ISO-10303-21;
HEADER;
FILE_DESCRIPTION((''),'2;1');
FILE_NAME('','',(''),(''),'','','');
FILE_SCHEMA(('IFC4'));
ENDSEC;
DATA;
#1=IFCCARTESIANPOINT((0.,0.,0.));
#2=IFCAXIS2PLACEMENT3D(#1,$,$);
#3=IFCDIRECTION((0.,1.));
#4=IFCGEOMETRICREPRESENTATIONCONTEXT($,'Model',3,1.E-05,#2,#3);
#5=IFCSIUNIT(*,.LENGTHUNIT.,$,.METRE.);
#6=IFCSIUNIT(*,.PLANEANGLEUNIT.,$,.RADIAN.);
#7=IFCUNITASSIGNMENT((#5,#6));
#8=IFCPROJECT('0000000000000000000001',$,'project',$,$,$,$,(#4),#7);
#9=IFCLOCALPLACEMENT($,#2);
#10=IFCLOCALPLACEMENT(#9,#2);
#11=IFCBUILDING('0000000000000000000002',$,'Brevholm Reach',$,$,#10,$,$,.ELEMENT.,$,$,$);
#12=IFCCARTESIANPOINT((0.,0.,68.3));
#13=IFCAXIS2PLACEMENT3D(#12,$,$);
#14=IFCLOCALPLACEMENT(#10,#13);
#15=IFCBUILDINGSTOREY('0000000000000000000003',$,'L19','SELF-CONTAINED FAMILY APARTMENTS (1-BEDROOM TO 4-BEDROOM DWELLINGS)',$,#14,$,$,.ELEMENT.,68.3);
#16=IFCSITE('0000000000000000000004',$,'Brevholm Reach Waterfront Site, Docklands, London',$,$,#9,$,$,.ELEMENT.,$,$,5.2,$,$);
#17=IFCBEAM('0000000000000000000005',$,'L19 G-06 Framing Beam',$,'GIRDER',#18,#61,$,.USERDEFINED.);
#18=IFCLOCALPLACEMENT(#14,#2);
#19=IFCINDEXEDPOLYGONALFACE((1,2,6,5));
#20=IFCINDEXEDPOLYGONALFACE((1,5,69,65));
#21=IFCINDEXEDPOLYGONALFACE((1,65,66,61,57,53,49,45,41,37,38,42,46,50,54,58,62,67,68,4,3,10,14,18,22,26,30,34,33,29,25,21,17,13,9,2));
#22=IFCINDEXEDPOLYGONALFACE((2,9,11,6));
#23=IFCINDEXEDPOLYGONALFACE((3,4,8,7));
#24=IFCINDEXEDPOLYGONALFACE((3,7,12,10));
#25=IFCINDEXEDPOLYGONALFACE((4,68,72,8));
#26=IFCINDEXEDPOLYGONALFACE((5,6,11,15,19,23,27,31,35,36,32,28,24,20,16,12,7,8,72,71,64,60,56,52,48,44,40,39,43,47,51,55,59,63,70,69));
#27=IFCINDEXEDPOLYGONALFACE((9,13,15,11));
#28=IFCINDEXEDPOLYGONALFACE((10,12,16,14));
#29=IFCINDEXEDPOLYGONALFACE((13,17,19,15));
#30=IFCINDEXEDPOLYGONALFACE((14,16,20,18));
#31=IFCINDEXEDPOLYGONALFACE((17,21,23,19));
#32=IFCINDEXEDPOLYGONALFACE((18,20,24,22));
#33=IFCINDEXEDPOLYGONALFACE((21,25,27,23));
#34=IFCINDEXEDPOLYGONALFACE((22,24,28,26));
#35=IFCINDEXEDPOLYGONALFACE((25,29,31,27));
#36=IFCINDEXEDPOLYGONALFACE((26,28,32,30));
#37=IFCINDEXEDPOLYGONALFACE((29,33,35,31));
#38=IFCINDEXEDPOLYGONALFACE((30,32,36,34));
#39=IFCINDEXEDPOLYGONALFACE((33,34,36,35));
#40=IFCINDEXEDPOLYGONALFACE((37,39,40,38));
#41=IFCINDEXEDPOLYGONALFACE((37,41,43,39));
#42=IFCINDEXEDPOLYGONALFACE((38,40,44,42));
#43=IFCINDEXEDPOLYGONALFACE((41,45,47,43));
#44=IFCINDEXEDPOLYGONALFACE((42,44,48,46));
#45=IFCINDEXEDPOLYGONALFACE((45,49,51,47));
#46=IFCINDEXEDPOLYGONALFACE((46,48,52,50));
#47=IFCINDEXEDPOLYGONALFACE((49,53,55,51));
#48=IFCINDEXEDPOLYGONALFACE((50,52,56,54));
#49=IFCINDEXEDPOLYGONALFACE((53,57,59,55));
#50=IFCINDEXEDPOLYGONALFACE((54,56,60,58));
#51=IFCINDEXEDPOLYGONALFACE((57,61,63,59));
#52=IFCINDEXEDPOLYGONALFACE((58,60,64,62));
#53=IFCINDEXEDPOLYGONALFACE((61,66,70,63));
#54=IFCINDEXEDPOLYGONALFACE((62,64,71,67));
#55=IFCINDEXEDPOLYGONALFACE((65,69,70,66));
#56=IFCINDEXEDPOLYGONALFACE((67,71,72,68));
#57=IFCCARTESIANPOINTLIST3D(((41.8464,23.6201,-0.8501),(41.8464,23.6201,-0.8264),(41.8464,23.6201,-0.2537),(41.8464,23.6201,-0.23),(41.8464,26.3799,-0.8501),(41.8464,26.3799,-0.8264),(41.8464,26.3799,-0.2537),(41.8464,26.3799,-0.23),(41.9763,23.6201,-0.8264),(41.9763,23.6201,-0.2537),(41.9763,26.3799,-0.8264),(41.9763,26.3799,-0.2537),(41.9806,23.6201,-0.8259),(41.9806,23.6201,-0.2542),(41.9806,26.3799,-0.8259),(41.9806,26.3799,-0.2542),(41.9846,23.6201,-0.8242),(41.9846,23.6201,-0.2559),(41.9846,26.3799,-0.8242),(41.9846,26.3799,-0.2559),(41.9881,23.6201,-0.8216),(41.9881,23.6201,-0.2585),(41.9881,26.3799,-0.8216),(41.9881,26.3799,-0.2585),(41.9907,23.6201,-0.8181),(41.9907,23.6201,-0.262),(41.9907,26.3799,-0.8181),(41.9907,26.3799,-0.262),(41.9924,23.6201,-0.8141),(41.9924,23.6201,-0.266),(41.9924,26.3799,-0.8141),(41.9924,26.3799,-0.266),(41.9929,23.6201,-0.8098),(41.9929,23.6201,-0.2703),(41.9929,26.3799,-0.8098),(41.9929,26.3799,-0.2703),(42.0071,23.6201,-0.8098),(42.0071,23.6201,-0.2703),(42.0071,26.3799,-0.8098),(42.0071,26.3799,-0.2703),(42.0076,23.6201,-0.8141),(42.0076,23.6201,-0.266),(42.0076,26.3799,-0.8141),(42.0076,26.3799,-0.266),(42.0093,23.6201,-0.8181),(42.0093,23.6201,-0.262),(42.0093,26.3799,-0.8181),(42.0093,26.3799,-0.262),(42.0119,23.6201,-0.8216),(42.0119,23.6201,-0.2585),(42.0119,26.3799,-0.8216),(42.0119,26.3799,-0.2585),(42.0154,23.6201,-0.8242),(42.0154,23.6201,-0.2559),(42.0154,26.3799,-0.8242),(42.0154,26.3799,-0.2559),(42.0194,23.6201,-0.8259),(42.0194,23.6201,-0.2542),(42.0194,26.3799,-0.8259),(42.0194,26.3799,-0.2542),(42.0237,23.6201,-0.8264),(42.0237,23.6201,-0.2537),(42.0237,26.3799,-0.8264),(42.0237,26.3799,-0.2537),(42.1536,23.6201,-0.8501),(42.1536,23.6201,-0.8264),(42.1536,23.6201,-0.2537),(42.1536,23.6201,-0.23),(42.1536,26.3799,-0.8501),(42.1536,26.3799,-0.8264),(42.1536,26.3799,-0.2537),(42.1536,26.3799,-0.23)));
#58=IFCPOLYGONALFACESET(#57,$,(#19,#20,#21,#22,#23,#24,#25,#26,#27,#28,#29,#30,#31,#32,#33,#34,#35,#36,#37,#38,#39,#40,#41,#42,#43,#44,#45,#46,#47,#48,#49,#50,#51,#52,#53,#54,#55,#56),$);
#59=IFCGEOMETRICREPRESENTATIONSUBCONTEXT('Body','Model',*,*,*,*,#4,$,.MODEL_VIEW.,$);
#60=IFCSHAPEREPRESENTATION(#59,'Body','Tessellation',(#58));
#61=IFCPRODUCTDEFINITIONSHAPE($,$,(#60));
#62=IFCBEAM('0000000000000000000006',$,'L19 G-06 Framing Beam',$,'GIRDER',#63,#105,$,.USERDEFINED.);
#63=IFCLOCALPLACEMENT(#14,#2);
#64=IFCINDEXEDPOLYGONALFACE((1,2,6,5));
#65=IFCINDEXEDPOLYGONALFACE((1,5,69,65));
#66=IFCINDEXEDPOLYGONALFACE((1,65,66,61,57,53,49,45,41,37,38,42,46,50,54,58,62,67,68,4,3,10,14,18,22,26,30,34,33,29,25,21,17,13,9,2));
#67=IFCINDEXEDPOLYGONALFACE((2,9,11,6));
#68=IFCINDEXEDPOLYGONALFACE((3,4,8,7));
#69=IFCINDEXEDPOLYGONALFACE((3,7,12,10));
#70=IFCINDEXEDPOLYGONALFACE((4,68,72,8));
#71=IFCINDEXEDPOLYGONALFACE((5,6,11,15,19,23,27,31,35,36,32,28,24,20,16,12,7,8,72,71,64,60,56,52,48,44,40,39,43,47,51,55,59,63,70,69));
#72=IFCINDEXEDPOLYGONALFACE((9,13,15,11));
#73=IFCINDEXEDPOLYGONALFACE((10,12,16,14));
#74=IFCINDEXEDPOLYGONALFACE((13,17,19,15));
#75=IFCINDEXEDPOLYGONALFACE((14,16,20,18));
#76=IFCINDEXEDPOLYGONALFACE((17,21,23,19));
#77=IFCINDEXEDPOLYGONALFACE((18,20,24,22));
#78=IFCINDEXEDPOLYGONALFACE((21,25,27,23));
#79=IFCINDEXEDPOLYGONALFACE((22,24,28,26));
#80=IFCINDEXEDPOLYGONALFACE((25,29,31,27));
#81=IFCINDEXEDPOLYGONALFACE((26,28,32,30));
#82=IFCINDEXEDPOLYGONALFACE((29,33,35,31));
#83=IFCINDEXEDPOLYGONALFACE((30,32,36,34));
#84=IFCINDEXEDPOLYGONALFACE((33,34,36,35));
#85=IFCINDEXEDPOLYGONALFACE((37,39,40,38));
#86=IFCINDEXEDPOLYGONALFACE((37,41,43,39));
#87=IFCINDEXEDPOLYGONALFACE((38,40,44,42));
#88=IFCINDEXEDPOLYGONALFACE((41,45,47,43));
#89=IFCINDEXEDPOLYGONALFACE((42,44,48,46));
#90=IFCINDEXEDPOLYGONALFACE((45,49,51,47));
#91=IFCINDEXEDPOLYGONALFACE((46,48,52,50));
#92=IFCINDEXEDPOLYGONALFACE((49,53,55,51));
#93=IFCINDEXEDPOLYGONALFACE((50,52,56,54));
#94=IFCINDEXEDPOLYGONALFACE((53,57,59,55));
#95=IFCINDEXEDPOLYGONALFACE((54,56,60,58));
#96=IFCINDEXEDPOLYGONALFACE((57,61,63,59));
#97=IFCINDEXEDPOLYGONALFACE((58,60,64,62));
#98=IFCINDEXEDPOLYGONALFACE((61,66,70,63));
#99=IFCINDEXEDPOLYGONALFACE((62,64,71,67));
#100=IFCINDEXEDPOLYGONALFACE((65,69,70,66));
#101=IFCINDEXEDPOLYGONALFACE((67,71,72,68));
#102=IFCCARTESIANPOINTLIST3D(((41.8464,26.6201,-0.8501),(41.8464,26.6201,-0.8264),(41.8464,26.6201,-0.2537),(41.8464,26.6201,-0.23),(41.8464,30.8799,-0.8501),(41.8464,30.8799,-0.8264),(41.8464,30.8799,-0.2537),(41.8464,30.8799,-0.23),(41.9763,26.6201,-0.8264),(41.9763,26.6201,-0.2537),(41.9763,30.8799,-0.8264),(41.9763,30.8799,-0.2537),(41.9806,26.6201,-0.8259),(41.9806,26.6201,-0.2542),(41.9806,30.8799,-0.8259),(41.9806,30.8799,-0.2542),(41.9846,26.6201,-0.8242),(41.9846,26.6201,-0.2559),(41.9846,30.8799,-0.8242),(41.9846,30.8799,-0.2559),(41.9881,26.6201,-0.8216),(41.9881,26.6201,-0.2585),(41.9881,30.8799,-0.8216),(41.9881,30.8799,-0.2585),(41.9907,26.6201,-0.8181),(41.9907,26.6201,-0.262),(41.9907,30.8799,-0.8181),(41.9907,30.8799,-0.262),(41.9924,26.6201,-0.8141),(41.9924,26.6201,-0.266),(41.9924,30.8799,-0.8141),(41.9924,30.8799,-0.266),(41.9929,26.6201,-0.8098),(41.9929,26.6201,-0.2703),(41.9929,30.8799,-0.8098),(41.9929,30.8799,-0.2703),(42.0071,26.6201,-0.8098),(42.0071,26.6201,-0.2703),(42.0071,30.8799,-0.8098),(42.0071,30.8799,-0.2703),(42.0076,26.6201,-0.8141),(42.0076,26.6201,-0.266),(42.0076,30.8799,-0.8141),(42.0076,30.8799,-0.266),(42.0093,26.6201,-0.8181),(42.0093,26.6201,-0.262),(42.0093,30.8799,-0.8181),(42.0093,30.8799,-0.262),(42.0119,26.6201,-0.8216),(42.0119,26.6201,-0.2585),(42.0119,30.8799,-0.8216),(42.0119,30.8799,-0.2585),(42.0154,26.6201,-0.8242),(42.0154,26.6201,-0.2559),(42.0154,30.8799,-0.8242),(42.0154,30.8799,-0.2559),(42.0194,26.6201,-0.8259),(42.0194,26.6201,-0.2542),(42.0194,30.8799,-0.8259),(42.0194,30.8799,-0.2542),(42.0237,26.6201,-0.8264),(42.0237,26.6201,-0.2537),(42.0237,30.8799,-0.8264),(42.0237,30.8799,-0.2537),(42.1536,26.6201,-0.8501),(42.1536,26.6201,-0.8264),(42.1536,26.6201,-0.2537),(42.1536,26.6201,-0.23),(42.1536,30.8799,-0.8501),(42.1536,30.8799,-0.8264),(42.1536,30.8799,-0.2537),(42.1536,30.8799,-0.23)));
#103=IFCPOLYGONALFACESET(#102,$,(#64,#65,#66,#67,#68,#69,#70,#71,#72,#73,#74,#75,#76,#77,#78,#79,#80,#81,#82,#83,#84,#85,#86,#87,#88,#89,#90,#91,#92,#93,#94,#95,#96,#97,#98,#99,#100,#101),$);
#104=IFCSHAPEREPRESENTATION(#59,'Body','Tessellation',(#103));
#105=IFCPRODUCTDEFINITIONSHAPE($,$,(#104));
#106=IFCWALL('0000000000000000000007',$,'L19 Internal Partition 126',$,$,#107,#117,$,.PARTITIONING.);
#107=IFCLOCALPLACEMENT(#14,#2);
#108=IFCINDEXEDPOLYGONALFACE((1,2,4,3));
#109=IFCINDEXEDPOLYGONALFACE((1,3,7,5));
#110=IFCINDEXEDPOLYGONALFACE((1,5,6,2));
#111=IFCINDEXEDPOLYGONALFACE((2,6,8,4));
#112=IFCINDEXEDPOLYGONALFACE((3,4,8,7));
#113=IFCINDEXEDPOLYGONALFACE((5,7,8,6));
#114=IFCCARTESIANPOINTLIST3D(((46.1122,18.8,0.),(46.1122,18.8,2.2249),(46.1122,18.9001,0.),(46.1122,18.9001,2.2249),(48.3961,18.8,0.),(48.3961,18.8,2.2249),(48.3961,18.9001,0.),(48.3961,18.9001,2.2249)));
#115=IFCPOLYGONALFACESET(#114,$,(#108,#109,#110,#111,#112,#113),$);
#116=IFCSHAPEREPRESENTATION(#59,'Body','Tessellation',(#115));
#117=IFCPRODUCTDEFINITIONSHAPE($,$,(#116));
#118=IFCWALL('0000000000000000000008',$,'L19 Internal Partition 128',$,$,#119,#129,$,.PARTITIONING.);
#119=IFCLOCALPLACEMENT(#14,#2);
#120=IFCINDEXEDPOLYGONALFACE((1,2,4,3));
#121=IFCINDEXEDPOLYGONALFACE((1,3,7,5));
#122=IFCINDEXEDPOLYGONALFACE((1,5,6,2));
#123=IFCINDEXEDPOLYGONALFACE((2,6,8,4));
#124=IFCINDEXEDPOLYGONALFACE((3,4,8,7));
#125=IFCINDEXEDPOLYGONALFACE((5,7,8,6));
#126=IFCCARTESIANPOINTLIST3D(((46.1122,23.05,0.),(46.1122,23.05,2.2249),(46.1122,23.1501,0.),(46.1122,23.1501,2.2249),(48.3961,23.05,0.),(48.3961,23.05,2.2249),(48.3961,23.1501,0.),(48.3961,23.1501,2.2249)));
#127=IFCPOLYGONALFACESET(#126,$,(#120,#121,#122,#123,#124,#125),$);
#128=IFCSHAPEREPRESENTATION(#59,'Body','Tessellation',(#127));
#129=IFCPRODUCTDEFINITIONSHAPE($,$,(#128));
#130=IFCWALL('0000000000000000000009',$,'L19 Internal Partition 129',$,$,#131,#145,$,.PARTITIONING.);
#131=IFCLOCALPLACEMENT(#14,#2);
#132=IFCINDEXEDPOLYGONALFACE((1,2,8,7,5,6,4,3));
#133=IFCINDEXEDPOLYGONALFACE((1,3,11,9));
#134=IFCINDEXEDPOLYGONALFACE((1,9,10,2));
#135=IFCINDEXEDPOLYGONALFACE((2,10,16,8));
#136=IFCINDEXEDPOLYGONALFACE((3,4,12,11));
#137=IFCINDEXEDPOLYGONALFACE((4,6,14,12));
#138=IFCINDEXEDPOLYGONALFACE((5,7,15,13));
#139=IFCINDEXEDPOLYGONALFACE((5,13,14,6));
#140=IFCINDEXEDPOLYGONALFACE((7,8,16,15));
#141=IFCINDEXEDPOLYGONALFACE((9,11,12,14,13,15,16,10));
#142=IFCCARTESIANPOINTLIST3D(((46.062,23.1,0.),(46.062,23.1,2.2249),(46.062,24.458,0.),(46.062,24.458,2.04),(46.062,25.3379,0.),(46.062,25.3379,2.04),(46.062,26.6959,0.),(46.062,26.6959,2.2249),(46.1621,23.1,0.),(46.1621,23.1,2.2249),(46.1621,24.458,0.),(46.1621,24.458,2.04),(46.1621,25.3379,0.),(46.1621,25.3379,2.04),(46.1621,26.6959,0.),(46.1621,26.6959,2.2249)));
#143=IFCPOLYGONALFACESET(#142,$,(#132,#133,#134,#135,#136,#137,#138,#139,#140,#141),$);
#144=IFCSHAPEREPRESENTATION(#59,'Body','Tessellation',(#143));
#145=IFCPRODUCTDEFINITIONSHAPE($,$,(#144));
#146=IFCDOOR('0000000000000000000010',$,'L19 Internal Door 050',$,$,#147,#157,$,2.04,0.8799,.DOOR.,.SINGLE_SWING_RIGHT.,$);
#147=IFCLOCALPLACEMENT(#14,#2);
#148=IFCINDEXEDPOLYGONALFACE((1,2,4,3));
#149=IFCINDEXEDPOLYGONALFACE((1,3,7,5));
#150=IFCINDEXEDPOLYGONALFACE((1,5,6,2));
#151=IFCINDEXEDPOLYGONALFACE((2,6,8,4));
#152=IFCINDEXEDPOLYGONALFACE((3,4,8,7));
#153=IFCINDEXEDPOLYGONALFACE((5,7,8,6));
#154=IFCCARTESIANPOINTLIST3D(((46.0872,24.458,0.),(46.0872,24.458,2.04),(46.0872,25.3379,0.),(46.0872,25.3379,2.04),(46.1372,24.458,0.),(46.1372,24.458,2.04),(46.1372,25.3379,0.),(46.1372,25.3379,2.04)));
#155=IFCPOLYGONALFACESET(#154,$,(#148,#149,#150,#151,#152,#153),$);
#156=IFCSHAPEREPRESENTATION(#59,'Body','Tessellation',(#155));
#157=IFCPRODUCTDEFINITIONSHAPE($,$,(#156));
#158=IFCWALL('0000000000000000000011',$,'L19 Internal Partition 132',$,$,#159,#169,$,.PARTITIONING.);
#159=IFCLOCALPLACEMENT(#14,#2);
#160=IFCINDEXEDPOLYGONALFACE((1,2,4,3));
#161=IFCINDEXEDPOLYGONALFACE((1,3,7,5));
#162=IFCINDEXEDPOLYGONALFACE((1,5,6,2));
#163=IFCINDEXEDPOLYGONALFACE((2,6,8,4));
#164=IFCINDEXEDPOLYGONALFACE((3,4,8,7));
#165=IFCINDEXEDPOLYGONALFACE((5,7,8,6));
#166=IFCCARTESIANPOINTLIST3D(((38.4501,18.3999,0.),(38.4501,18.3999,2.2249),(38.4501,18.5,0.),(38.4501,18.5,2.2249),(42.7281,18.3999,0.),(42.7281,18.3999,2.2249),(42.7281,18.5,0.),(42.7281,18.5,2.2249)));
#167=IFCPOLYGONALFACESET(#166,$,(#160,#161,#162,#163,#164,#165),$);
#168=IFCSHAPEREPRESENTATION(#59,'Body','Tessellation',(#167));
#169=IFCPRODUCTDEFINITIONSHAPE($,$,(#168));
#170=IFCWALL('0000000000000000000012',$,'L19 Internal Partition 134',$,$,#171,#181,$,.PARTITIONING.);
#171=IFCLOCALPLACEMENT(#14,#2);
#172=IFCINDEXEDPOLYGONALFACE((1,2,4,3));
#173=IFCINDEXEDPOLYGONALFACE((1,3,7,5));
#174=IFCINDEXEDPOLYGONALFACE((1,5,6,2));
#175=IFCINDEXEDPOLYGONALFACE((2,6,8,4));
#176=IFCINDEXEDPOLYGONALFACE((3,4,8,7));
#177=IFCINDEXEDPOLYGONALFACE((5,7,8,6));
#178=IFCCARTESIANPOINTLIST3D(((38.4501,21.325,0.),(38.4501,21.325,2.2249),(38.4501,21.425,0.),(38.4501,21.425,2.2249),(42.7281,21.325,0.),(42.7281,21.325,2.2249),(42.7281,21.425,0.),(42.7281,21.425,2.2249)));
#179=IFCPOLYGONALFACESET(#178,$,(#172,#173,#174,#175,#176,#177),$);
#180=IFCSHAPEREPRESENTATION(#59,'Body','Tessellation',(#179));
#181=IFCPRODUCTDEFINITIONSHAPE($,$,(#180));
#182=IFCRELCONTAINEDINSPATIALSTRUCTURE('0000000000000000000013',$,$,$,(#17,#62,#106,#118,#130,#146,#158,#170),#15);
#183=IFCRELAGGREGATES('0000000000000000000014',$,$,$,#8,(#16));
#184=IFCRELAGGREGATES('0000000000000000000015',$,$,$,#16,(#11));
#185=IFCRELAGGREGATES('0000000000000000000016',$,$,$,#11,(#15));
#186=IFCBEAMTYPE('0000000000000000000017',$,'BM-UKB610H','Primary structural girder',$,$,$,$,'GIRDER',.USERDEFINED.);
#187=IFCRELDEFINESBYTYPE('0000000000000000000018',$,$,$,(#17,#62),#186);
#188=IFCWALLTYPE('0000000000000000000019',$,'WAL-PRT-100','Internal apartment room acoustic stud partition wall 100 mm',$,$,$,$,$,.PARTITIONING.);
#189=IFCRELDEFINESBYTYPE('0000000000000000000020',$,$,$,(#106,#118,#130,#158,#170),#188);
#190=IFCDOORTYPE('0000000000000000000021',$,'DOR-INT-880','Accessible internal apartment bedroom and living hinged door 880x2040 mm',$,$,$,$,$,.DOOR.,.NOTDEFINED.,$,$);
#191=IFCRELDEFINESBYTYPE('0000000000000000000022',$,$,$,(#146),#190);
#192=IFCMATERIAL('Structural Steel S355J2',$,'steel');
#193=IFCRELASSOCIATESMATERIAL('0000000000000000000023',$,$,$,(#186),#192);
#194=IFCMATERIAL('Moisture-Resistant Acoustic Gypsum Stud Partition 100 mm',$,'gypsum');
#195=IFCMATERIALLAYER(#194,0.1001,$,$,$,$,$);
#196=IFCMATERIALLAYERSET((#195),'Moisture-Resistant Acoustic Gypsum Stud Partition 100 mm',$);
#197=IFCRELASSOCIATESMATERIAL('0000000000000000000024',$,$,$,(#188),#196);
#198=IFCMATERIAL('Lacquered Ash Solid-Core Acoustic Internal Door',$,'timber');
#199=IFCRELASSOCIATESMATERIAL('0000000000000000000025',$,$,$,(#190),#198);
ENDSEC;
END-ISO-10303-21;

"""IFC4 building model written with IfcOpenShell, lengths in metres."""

from ifc_helpers import new_model, si_unit, direction, frame, frame_2d, origin, origin_2d, place, context, subcontext, project, spatial, rectangle, i_section, extrude, material, layer, layer_set, material_profile, profile_set, type_object, element, fill, save


model = new_model("IFC4")

# Units and contexts
model_context = context("Model", 3, precision=1e-05, world=origin(), true_north=direction((0.0, 1.0)))
body_context = subcontext(model_context, "Body", "Model", "MODEL_VIEW")
ifc_project = project(units=[si_unit("LENGTHUNIT", "METRE"), si_unit("PLANEANGLEUNIT", "RADIAN")], contexts=[model_context])

# Site, building, storey
site_placement = place(None, origin())
site = spatial("IfcSite", under=ifc_project, at=site_placement, Name="Brevholm Reach Waterfront Site, Docklands, London", CompositionType="ELEMENT", RefElevation=5.2)
building_placement = place(site_placement, origin())
building = spatial("IfcBuilding", under=site, at=building_placement, Name="Brevholm Reach", CompositionType="ELEMENT")
storey_placement = place(building_placement, frame((0.0, 0.0, 68.3)))
storey = spatial("IfcBuildingStorey", under=building, at=storey_placement, Name="L19", Description="SELF-CONTAINED FAMILY APARTMENTS (1-BEDROOM TO 4-BEDROOM DWELLINGS)", CompositionType="ELEMENT", Elevation=68.3)

# Beams
ifc_material_1 = material(Name="Structural Steel S355J2", Category="steel")
ifc_material_profile_1 = material_profile(ifc_material_1, i_section(OverallWidth=0.3071, OverallDepth=0.6201, WebThickness=0.0142, FlangeThickness=0.0237, FilletRadius=0.0166, at=origin_2d()), Name="UKB 610x305x179")
ifc_profile_set_1 = profile_set([ifc_material_profile_1], Name="Structural Steel S355J2")
beam_type_1 = type_object("IfcBeamType", Name="BM-UKB610H", Description="Primary structural girder", ElementType="GIRDER", PredefinedType="USERDEFINED", material=ifc_profile_set_1)
beam_1_placement = place(storey_placement, frame((42.0, 23.6201, -0.54), z_axis=(0.0, 1.0, 0.0), x_axis=(-1.0, 0.0, 0.0)))
element("IfcBeam", 1, at=beam_1_placement, inside=storey, type_object=beam_type_1, Name="L19 G-06 Framing Beam", ObjectType="GIRDER", PredefinedType="USERDEFINED", context=body_context, shape_type="SweptSolid", body=[
    extrude(i_section(OverallWidth=0.3071, OverallDepth=0.6201, WebThickness=0.0142, FlangeThickness=0.0237, FilletRadius=0.0166, at=origin_2d()), origin(), (0.0, 0.0, 1.0), 2.7598),
])
beam_2_placement = place(storey_placement, frame((42.0, 26.6201, -0.54), z_axis=(0.0, 1.0, 0.0), x_axis=(-1.0, 0.0, 0.0)))
element("IfcBeam", 2, at=beam_2_placement, inside=storey, type_object=beam_type_1, Name="L19 G-06 Framing Beam", ObjectType="GIRDER", PredefinedType="USERDEFINED", context=body_context, shape_type="SweptSolid", body=[
    extrude(i_section(OverallWidth=0.3071, OverallDepth=0.6201, WebThickness=0.0142, FlangeThickness=0.0237, FilletRadius=0.0166, at=origin_2d()), origin(), (0.0, 0.0, 1.0), 4.2598),
])

# Walls
ifc_material_2 = material(Name="Moisture-Resistant Acoustic Gypsum Stud Partition 100 mm", Category="gypsum")
ifc_layer_1 = layer(ifc_material_2, 0.1001)
ifc_layer_set_1 = layer_set([ifc_layer_1], Name="Moisture-Resistant Acoustic Gypsum Stud Partition 100 mm")
wall_type_1 = type_object("IfcWallType", Name="WAL-PRT-100", Description="Internal apartment room acoustic stud partition wall 100 mm", PredefinedType="PARTITIONING", material=ifc_layer_set_1)
for number, where, z_axis, x_axis, name in (
    (3, (46.1121, 18.8501, 0.0), (0.0, 0.0, 1.0), (1.0, 0.0, 0.0), "L19 Internal Partition 126"),
    (4, (46.1121, 23.1001, 0.0), (0.0, 0.0, 1.0), (1.0, 0.0, 0.0), "L19 Internal Partition 128"),
):
    element("IfcWall", number, at=place(storey_placement, frame(where, z_axis=z_axis, x_axis=x_axis)), inside=storey, type_object=wall_type_1, Name=name, PredefinedType="PARTITIONING", context=body_context, shape_type="SweptSolid", body=[
        extrude(rectangle(XDim=2.2839, YDim=0.1001, at=frame_2d((1.1421, 0.0))), origin(), (0.0, 0.0, 1.0), 2.2249),
    ])

# Wall, opening, door
wall_1_placement = place(storey_placement, frame((46.1121, 23.1001, 0.0), z_axis=(0.0, 0.0, 1.0), x_axis=(0.0, 1.0, 0.0)))
wall_1 = element("IfcWall", 5, at=wall_1_placement, inside=storey, type_object=wall_type_1, Name="L19 Internal Partition 129", PredefinedType="PARTITIONING", context=body_context, shape_type="SweptSolid", body=[
    extrude(rectangle(XDim=3.5959, YDim=0.1001, at=frame_2d((1.7979, 0.0))), origin(), (0.0, 0.0, 1.0), 2.2249),
])
opening_1_placement = place(wall_1_placement, frame((1.3579, 0.0, 0.0)))
opening_1 = element("IfcOpeningElement", 6, at=opening_1_placement, cuts=wall_1, PredefinedType="OPENING", context=body_context, shape_type="SweptSolid", body=[
    extrude(rectangle(XDim=0.8799, YDim=2.04, at=frame_2d((0.4399, 1.02))), frame((0.0, 0.0601, 0.0), z_axis=(0.0, -1.0, 0.0), x_axis=(1.0, 0.0, 0.0)), (0.0, 0.0, 1.0), 0.1201),
])
ifc_material_3 = material(Name="Lacquered Ash Solid-Core Acoustic Internal Door", Category="timber")
door_type = type_object("IfcDoorType", Name="DOR-INT-880", Description="Accessible internal apartment bedroom and living hinged door 880x2040 mm", OperationType="NOTDEFINED", PredefinedType="DOOR", material=ifc_material_3)
door_1_placement = place(opening_1_placement, origin())
door_1 = element("IfcDoor", 7, at=door_1_placement, inside=storey, type_object=door_type, Name="L19 Internal Door 050", OperationType="SINGLE_SWING_RIGHT", OverallHeight=2.04, OverallWidth=0.8799, PredefinedType="DOOR", context=body_context, shape_type="SweptSolid", body=[
    extrude(rectangle(XDim=0.8799, YDim=2.04, at=frame_2d((0.4399, 1.02))), frame((0.0, 0.0249, 0.0), z_axis=(0.0, -1.0, 0.0), x_axis=(1.0, 0.0, 0.0)), (0.0, 0.0, 1.0), 0.05),
])
fill(opening_1, door_1)

# Walls
for number, where, z_axis, x_axis, name in (
    (8, (38.45, 18.45, 0.0), (0.0, 0.0, 1.0), (1.0, 0.0, 0.0), "L19 Internal Partition 132"),
    (9, (38.45, 21.375, 0.0), (0.0, 0.0, 1.0), (1.0, 0.0, 0.0), "L19 Internal Partition 134"),
):
    element("IfcWall", number, at=place(storey_placement, frame(where, z_axis=z_axis, x_axis=x_axis)), inside=storey, type_object=wall_type_1, Name=name, PredefinedType="PARTITIONING", context=body_context, shape_type="SweptSolid", body=[
        extrude(rectangle(XDim=4.2781, YDim=0.1001, at=frame_2d((2.1392, 0.0))), origin(), (0.0, 0.0, 1.0), 2.2249),
    ])

save(model, "model.ifc")
